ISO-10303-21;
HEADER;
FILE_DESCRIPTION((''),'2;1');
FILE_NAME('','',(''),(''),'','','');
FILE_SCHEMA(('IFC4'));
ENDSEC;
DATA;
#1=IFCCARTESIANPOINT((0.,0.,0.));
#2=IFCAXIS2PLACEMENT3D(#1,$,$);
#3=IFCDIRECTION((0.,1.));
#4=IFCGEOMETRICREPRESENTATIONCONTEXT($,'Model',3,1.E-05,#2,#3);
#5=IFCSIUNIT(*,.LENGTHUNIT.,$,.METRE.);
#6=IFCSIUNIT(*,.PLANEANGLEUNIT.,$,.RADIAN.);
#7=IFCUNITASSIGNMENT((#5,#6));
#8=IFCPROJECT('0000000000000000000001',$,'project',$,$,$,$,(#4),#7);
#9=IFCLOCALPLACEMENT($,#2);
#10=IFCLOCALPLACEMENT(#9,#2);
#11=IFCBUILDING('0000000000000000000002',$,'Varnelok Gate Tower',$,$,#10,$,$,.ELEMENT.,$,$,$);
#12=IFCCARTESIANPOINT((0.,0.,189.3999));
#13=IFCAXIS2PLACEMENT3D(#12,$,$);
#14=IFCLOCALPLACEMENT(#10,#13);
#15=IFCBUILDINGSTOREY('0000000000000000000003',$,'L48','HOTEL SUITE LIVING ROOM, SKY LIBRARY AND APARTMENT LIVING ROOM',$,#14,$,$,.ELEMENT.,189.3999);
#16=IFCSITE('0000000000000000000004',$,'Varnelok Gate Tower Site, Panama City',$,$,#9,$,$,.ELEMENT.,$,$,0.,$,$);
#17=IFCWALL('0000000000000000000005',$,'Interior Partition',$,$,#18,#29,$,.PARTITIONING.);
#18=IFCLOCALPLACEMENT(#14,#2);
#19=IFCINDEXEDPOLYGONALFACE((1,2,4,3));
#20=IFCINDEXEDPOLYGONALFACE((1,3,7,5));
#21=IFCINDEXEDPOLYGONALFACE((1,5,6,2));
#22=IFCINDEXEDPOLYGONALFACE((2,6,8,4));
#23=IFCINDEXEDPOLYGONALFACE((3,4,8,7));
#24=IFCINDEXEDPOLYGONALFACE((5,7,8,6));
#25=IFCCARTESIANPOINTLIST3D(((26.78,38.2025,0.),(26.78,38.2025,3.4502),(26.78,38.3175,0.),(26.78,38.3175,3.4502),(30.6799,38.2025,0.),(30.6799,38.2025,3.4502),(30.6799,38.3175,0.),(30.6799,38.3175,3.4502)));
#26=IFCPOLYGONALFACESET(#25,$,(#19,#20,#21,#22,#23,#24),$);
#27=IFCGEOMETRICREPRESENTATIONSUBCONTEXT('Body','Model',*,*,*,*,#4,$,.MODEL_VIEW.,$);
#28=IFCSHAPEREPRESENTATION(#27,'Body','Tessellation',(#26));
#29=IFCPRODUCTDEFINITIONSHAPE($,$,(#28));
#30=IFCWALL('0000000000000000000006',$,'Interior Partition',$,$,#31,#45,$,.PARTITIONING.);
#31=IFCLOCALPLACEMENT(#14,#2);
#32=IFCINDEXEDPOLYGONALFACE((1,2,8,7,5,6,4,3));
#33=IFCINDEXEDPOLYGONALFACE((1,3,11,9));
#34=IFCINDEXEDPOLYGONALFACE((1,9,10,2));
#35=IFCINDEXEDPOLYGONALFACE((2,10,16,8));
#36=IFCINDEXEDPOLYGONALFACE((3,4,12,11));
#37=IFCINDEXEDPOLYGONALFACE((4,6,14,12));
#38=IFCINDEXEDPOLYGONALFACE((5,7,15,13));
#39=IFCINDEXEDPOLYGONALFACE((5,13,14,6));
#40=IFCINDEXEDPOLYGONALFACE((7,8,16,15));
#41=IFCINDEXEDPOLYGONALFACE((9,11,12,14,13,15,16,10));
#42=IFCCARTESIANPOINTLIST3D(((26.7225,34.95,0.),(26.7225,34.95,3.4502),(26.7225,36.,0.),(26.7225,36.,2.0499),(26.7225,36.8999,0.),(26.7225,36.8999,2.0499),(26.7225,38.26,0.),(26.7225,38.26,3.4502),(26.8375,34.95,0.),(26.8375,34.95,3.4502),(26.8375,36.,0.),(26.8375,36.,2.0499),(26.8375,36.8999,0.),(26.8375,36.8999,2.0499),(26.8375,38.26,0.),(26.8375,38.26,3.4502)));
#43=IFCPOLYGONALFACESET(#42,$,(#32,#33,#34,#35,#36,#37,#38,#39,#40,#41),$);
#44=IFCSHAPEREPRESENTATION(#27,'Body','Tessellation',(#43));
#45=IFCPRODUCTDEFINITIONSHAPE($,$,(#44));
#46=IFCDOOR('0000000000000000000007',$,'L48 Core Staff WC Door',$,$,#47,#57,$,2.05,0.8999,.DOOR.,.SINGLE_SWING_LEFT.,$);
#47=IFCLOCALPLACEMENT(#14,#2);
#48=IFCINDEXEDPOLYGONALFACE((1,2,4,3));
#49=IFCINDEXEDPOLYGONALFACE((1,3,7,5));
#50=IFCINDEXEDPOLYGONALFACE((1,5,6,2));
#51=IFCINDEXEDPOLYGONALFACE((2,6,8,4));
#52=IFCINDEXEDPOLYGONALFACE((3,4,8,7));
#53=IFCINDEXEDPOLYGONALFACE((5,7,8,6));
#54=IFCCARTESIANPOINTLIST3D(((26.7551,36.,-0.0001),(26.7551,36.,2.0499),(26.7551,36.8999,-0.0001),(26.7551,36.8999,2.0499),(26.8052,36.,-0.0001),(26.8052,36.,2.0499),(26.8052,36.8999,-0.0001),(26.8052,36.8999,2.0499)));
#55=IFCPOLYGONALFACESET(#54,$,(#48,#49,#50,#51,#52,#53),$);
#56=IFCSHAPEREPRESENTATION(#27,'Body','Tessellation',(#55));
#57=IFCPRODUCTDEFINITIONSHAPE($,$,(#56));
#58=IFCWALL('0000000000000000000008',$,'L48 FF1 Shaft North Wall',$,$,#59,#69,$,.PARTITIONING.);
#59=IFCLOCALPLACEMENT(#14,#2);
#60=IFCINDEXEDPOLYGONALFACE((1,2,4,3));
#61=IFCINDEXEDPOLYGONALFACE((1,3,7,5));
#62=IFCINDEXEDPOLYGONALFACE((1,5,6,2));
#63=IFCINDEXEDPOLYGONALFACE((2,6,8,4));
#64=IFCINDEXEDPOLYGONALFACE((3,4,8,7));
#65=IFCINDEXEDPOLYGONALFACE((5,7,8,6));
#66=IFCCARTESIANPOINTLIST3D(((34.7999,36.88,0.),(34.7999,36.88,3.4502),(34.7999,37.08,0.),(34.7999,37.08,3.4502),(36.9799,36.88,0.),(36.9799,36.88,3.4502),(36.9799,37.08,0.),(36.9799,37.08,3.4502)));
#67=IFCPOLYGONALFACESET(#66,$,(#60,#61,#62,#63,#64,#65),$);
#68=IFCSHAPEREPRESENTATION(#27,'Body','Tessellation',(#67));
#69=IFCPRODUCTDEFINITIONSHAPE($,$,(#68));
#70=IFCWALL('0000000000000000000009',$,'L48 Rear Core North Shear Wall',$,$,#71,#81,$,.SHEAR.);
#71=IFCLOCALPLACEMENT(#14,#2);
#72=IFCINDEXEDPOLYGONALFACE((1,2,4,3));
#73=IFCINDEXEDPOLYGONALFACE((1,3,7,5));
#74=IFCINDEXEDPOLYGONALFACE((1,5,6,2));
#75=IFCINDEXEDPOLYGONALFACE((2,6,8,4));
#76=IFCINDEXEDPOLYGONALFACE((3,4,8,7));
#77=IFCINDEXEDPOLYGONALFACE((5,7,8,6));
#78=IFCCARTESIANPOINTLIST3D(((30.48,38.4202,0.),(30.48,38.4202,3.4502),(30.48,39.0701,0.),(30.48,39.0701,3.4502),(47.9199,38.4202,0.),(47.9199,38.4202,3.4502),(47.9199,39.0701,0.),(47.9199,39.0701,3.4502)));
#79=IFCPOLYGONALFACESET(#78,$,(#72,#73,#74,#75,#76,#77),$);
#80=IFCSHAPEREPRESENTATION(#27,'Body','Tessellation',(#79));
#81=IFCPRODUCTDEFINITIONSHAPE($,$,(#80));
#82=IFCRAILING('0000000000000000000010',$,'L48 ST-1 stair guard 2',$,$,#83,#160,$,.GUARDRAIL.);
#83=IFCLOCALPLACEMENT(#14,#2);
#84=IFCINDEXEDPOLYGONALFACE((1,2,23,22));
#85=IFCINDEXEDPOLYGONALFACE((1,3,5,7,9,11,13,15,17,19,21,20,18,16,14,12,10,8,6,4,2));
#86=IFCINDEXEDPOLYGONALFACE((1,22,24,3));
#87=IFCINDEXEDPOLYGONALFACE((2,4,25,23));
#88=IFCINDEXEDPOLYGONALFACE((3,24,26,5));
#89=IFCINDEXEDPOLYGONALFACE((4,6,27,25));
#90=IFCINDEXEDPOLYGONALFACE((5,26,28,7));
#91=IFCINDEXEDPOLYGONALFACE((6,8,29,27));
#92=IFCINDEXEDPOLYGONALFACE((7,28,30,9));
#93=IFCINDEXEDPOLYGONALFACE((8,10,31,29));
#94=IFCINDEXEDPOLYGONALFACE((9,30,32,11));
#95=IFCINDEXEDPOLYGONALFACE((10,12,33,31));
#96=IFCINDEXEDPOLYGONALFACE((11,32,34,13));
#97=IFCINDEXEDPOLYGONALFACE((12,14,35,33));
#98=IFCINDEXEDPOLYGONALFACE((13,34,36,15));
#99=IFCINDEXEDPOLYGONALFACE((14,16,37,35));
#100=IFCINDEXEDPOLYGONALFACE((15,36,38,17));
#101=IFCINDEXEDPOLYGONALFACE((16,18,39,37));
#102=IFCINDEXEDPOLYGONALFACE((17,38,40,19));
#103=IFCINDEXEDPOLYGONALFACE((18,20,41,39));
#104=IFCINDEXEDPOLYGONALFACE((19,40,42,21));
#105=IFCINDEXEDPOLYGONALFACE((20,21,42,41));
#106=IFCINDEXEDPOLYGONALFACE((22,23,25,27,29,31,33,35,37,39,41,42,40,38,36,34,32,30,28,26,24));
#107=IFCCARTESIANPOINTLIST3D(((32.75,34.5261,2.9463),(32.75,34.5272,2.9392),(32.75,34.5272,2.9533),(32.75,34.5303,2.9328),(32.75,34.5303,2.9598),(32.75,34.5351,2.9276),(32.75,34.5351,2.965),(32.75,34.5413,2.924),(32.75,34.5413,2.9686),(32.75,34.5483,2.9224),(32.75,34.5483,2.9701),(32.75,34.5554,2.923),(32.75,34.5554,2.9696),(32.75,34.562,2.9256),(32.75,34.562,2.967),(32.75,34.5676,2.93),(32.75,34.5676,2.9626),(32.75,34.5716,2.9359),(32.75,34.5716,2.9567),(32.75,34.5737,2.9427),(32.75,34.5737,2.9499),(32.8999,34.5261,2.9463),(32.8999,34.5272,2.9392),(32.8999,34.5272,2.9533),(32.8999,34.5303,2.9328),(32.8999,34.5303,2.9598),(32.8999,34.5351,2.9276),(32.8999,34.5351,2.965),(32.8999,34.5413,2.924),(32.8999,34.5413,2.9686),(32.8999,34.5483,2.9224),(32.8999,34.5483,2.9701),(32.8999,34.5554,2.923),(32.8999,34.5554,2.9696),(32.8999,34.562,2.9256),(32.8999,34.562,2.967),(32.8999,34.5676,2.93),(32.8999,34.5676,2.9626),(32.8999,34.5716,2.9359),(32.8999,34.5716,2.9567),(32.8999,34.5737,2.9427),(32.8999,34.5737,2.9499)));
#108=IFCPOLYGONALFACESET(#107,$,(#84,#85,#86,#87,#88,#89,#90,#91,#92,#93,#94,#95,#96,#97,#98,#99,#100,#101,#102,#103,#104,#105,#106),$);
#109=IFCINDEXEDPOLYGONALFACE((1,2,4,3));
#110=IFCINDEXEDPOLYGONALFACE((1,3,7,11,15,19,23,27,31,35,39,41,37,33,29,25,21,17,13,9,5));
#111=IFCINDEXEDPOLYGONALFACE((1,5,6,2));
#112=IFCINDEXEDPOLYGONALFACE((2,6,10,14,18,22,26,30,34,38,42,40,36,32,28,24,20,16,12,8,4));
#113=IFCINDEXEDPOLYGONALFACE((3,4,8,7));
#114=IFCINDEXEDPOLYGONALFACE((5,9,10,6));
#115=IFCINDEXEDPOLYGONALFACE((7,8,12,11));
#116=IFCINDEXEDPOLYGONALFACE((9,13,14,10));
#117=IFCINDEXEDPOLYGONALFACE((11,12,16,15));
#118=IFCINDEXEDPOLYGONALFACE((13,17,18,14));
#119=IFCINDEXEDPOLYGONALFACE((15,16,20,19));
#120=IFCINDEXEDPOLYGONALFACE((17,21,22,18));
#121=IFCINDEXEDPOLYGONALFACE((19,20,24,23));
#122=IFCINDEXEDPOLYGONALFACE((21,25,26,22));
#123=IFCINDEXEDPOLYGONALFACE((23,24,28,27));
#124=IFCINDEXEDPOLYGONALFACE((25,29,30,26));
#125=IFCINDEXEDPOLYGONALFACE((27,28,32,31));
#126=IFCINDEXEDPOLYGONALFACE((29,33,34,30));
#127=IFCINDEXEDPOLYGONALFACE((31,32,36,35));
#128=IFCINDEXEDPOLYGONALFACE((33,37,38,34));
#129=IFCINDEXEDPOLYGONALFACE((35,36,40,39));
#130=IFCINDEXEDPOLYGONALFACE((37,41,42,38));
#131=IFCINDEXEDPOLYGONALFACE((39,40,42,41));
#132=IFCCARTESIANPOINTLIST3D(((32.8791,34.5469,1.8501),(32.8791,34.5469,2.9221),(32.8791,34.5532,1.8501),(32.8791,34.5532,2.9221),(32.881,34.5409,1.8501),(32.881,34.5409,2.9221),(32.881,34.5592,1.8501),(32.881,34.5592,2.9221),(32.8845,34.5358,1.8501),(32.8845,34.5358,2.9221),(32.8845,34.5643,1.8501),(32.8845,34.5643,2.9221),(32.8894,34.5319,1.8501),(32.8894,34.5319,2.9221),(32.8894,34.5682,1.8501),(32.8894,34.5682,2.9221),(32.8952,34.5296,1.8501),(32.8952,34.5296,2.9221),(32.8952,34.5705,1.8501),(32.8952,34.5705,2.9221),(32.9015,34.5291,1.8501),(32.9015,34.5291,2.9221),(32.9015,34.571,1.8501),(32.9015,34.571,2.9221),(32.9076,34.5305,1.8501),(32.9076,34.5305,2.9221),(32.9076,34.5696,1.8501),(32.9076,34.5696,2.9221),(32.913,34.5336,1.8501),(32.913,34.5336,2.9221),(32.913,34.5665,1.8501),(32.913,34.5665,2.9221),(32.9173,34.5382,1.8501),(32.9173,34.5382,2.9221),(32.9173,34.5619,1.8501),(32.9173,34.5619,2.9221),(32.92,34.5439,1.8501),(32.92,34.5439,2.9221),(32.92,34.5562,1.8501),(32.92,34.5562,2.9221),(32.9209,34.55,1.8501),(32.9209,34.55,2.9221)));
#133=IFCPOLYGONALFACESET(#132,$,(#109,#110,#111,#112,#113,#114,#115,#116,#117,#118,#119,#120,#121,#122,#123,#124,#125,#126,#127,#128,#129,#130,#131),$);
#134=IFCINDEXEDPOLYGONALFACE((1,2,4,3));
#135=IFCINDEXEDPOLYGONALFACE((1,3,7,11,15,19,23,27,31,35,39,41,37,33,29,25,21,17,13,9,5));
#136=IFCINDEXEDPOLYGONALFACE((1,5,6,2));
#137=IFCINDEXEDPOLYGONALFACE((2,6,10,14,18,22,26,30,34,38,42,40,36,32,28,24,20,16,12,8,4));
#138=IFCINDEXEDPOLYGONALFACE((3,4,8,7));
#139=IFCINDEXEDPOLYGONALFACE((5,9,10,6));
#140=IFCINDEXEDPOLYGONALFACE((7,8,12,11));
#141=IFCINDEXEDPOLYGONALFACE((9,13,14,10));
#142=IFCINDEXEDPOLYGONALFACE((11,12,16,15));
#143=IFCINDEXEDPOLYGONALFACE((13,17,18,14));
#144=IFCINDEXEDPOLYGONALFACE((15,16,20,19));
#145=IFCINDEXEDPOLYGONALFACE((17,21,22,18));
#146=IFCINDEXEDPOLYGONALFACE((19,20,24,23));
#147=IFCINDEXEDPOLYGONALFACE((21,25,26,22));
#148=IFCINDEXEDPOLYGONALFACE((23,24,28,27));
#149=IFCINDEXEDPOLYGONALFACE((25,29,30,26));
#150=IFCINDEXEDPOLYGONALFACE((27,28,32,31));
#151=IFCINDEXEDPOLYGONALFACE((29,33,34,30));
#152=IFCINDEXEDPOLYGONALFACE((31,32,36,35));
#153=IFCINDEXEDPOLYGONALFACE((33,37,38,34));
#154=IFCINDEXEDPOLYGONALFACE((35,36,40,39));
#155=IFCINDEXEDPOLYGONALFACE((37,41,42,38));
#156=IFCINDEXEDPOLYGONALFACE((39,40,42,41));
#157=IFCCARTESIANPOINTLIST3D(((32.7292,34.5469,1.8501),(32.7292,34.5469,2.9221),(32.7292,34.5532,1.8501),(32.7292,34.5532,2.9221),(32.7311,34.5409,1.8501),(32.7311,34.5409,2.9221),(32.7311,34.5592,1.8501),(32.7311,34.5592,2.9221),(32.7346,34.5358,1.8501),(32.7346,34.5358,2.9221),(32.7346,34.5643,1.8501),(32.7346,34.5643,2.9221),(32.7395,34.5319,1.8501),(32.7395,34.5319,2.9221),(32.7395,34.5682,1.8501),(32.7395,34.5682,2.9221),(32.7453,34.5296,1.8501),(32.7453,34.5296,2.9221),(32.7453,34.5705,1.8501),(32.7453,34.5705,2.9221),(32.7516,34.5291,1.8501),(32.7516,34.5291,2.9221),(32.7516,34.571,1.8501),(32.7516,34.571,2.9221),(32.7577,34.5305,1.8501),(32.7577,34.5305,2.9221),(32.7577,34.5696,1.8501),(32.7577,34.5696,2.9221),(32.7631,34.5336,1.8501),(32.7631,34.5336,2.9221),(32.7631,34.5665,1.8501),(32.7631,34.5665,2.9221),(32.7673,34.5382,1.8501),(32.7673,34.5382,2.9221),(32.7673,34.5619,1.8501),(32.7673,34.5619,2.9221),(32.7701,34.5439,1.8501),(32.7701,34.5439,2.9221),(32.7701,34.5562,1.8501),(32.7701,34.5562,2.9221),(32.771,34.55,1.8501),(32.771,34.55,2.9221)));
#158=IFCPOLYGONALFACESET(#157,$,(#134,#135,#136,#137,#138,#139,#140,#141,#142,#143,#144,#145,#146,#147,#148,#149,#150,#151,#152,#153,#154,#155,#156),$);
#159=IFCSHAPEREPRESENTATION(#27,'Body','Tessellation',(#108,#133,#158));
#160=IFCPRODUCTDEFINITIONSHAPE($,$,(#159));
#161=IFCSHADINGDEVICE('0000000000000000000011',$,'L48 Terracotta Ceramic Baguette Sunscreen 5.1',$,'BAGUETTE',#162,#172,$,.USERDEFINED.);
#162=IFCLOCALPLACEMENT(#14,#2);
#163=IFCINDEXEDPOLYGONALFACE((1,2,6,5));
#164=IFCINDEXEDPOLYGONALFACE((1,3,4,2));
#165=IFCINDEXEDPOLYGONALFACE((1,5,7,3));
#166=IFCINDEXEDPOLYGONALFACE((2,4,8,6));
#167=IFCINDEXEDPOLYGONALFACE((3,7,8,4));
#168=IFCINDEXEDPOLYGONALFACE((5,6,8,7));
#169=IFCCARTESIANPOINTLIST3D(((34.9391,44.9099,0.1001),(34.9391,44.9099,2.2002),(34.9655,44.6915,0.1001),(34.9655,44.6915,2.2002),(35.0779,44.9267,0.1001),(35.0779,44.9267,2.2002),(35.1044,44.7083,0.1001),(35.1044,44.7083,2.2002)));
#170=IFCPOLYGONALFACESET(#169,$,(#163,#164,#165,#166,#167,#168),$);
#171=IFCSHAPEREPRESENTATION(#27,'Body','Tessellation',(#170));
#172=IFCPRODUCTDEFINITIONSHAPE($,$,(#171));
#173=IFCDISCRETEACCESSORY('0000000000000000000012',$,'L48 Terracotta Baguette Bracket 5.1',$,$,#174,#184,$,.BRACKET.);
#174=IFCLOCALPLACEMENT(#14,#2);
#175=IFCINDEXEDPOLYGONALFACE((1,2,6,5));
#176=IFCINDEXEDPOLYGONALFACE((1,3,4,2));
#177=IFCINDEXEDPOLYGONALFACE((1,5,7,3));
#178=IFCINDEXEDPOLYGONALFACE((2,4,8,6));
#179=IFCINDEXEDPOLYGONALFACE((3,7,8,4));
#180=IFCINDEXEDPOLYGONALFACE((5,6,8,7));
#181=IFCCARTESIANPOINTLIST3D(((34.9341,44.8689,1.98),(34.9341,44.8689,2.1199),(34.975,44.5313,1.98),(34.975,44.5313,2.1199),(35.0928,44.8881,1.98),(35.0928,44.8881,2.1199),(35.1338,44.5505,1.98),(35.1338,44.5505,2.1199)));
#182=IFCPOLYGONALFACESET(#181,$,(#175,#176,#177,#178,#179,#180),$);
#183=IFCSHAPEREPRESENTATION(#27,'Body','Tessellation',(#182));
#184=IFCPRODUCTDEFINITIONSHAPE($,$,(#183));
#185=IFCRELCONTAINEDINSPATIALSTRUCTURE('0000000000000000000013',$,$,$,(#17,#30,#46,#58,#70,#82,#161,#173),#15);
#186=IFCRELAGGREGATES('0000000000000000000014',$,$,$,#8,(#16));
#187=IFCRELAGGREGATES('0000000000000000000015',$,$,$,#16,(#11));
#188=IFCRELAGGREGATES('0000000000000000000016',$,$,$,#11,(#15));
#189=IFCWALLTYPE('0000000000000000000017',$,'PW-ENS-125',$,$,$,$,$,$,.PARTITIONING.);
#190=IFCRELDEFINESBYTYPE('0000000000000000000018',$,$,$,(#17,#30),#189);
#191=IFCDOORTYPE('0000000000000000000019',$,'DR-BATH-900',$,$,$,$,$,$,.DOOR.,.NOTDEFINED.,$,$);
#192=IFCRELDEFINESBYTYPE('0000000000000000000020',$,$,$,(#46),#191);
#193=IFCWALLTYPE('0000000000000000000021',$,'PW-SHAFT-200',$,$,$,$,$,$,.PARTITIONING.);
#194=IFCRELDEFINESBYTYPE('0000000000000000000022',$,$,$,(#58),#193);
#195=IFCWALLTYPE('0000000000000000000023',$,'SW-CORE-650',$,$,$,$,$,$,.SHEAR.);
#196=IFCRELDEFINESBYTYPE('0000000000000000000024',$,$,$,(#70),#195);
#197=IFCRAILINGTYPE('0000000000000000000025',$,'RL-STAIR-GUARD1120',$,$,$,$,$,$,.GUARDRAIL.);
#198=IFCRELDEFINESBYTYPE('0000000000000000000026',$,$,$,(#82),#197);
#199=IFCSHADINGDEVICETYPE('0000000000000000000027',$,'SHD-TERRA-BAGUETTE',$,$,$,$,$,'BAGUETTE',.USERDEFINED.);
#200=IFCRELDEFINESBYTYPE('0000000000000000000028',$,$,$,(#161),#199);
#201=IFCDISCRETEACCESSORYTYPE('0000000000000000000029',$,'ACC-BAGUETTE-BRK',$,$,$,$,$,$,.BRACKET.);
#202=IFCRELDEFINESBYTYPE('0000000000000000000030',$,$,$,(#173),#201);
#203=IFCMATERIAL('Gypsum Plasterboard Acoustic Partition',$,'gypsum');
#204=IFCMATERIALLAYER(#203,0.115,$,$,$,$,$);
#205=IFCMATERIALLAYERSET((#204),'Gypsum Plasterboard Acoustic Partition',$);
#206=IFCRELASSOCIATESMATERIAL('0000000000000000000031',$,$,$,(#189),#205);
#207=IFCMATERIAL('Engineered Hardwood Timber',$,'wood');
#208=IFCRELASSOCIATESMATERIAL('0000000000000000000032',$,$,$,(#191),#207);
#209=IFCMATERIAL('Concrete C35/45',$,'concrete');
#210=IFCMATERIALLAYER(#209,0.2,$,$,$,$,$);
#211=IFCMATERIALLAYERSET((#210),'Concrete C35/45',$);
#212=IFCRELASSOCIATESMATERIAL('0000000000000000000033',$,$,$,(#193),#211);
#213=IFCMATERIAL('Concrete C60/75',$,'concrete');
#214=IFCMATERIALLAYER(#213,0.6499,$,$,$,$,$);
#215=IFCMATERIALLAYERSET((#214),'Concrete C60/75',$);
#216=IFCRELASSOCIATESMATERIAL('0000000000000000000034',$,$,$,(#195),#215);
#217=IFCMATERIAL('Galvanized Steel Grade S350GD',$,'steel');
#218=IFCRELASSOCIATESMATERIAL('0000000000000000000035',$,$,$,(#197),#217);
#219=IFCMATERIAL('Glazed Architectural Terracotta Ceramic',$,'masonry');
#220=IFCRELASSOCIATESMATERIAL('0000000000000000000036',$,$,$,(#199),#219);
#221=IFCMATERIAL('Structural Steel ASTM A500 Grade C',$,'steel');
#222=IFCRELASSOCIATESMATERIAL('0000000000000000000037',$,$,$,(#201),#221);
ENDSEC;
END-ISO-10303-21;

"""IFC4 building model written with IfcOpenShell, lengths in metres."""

from ifc_helpers import new_model, si_unit, direction, frame, frame_2d, origin, origin_2d, place, context, subcontext, project, spatial, rectangle, circle, extrude, source, transform, mapped, material, layer, layer_set, type_object, element, fill, save


model = new_model("IFC4")

# Units and contexts
model_context = context("Model", 3, precision=1e-05, world=origin(), true_north=direction((0.0, 1.0)))
body_context = subcontext(model_context, "Body", "Model", "MODEL_VIEW")
ifc_project = project(units=[si_unit("LENGTHUNIT", "METRE"), si_unit("PLANEANGLEUNIT", "RADIAN")], contexts=[model_context])

# Site, building, storey
site_placement = place(None, origin())
site = spatial("IfcSite", under=ifc_project, at=site_placement, Name="Varnelok Gate Tower Site, Panama City", CompositionType="ELEMENT", RefElevation=0.0)
building_placement = place(site_placement, origin())
building = spatial("IfcBuilding", under=site, at=building_placement, Name="Varnelok Gate Tower", CompositionType="ELEMENT")
storey_placement = place(building_placement, frame((0.0, 0.0, 189.3999)))
storey = spatial("IfcBuildingStorey", under=building, at=storey_placement, Name="L48", Description="HOTEL SUITE LIVING ROOM, SKY LIBRARY AND APARTMENT LIVING ROOM", CompositionType="ELEMENT", Elevation=189.3999)

# Shared definitions
ifc_material_1 = material(Name="Concrete C60/75", Category="concrete")

# Wall
ifc_material_2 = material(Name="Gypsum Plasterboard Acoustic Partition", Category="gypsum")
ifc_layer_1 = layer(ifc_material_2, 0.115)
ifc_layer_set_1 = layer_set([ifc_layer_1], Name="Gypsum Plasterboard Acoustic Partition")
wall_type_1 = type_object("IfcWallType", Name="PW-ENS-125", PredefinedType="PARTITIONING", material=ifc_layer_set_1)
wall_1_placement = place(storey_placement, frame((26.78, 38.26, 0.0), z_axis=(0.0, 0.0, 1.0), x_axis=(1.0, 0.0, 0.0)))
element("IfcWall", 1, at=wall_1_placement, inside=storey, type_object=wall_type_1, Name="Interior Partition", PredefinedType="PARTITIONING", context=body_context, shape_type="SweptSolid", body=[
    extrude(rectangle(XDim=3.8999, YDim=0.115, at=frame_2d((1.95, 0.0))), origin(), (0.0, 0.0, 1.0), 3.4502),
])

# Wall, opening, door
wall_2_placement = place(storey_placement, frame((26.78, 34.95, 0.0), z_axis=(0.0, 0.0, 1.0), x_axis=(0.0, 1.0, 0.0)))
wall_2 = element("IfcWall", 2, at=wall_2_placement, inside=storey, type_object=wall_type_1, Name="Interior Partition", PredefinedType="PARTITIONING", context=body_context, shape_type="SweptSolid", body=[
    extrude(rectangle(XDim=3.3101, YDim=0.115, at=frame_2d((1.655, 0.0))), origin(), (0.0, 0.0, 1.0), 3.4502),
])
opening_1_placement = place(wall_2_placement, frame((1.05, 0.0, 0.0)))
opening_1 = element("IfcOpeningElement", 3, at=opening_1_placement, cuts=wall_2, PredefinedType="OPENING", context=body_context, shape_type="SweptSolid", body=[
    extrude(rectangle(XDim=0.8999, YDim=2.05, at=frame_2d((0.45, 1.0249))), frame((0.0, 0.0674, 0.0), z_axis=(0.0, -1.0, 0.0), x_axis=(1.0, 0.0, 0.0)), (0.0, 0.0, 1.0), 0.135),
])
ifc_material_3 = material(Name="Engineered Hardwood Timber", Category="wood")
door_type_1 = type_object("IfcDoorType", Name="DR-BATH-900", OperationType="NOTDEFINED", PredefinedType="DOOR", material=ifc_material_3)
door_1_placement = place(opening_1_placement, origin())
door_1 = element("IfcDoor", 4, at=door_1_placement, inside=storey, type_object=door_type_1, Name="L48 Core Staff WC Door", OperationType="SINGLE_SWING_LEFT", OverallHeight=2.05, OverallWidth=0.8999, PredefinedType="DOOR", context=body_context, shape_type="SweptSolid", body=[
    extrude(rectangle(XDim=0.8999, YDim=2.05, at=frame_2d((0.45, 1.0249))), frame((0.0, 0.0249, 0.0), z_axis=(0.0, -1.0, 0.0), x_axis=(1.0, 0.0, 0.0)), (0.0, 0.0, 1.0), 0.05),
])
fill(opening_1, door_1)

# Walls
ifc_material_4 = material(Name="Concrete C35/45", Category="concrete")
ifc_layer_2 = layer(ifc_material_4, 0.2)
ifc_layer_set_2 = layer_set([ifc_layer_2], Name="Concrete C35/45")
wall_type_2 = type_object("IfcWallType", Name="PW-SHAFT-200", PredefinedType="PARTITIONING", material=ifc_layer_set_2)
wall_3_placement = place(storey_placement, frame((34.8, 36.98, 0.0), z_axis=(0.0, 0.0, 1.0), x_axis=(1.0, 0.0, 0.0)))
element("IfcWall", 5, at=wall_3_placement, inside=storey, type_object=wall_type_2, Name="L48 FF1 Shaft North Wall", PredefinedType="PARTITIONING", context=body_context, shape_type="SweptSolid", body=[
    extrude(rectangle(XDim=2.1799, YDim=0.2, at=frame_2d((1.0898, 0.0))), origin(), (0.0, 0.0, 1.0), 3.4502),
])
ifc_layer_3 = layer(ifc_material_1, 0.6499)
ifc_layer_set_3 = layer_set([ifc_layer_3], Name="Concrete C60/75")
wall_type_3 = type_object("IfcWallType", Name="SW-CORE-650", PredefinedType="SHEAR", material=ifc_layer_set_3)
wall_4_placement = place(storey_placement, frame((30.48, 38.7451, 0.0), z_axis=(0.0, 0.0, 1.0), x_axis=(1.0, 0.0, 0.0)))
element("IfcWall", 6, at=wall_4_placement, inside=storey, type_object=wall_type_3, Name="L48 Rear Core North Shear Wall", PredefinedType="SHEAR", context=body_context, shape_type="SweptSolid", body=[
    extrude(rectangle(XDim=17.4399, YDim=0.6499, at=frame_2d((8.72, 0.0))), origin(), (0.0, 0.0, 1.0), 3.4502),
])

# Railing
ifc_material_5 = material(Name="Galvanized Steel Grade S350GD", Category="steel")
railing_type_1 = type_object("IfcRailingType", Name="RL-STAIR-GUARD1120", PredefinedType="GUARDRAIL", material=ifc_material_5)
railing_1_placement = place(storey_placement, frame((32.8999, 34.55, 1.8501)))
element("IfcRailing", 7, at=railing_1_placement, inside=storey, type_object=railing_type_1, Name="L48 ST-1 stair guard 2", PredefinedType="GUARDRAIL", context=body_context, shape_type="SweptSolid", body=[
    extrude(circle(Radius=0.0239, at=origin_2d()), frame((0.0, 0.0, 1.0962), z_axis=(-1.0, 0.0, 0.0), x_axis=(0.0, -1.0, 0.0)), (0.0, 0.0, 1.0), 0.1499),
    extrude(circle(Radius=0.021, at=origin_2d()), origin(), (0.0, 0.0, 1.0), 1.072),
    extrude(circle(Radius=0.021, at=origin_2d()), frame((-0.1499, 0.0, 0.0)), (0.0, 0.0, 1.0), 1.072),
])

# Shading device
ifc_material_6 = material(Name="Glazed Architectural Terracotta Ceramic", Category="masonry")
shading_device_type = type_object("IfcShadingDeviceType", Name="SHD-TERRA-BAGUETTE", ElementType="BAGUETTE", PredefinedType="USERDEFINED", material=ifc_material_6)
shared_shape_1 = source(origin(), body_context, "Body", "SweptSolid", [
    extrude(rectangle(XDim=0.1399, YDim=0.22, at=origin_2d()), origin(), (0.0, 0.0, 1.0), 2.1001),
])
shading_device_placement = place(storey_placement, frame((35.0217, 44.8091, 0.1001), z_axis=(0.0, 0.0, 1.0), x_axis=(0.992732, 0.120345, 0.0)))
element("IfcShadingDevice", 8, at=shading_device_placement, inside=storey, type_object=shading_device_type, Name="L48 Terracotta Ceramic Baguette Sunscreen 5.1", ObjectType="BAGUETTE", PredefinedType="USERDEFINED", context=body_context, shape_type="MappedRepresentation", body=[
    mapped(shared_shape_1, transform((0.0, 0.0, 0.0), scale=1.0)),
])

# Discrete accessory
ifc_material_7 = material(Name="Structural Steel ASTM A500 Grade C", Category="steel")
discrete_accessory_type = type_object("IfcDiscreteAccessoryType", Name="ACC-BAGUETTE-BRK", PredefinedType="BRACKET", material=ifc_material_7)
shared_shape_2 = source(origin(), body_context, "Body", "SweptSolid", [
    extrude(rectangle(XDim=0.1599, YDim=0.3401, at=origin_2d()), origin(), (0.0, 0.0, 1.0), 0.1399),
])
discrete_accessory_placement = place(storey_placement, frame((35.0339, 44.7097, 1.98), z_axis=(0.0, 0.0, 1.0), x_axis=(0.992732, 0.120345, 0.0)))
element("IfcDiscreteAccessory", 9, at=discrete_accessory_placement, inside=storey, type_object=discrete_accessory_type, Name="L48 Terracotta Baguette Bracket 5.1", PredefinedType="BRACKET", context=body_context, shape_type="MappedRepresentation", body=[
    mapped(shared_shape_2, transform((0.0, 0.0, 0.0), scale=1.0)),
])

save(model, "model.ifc")
